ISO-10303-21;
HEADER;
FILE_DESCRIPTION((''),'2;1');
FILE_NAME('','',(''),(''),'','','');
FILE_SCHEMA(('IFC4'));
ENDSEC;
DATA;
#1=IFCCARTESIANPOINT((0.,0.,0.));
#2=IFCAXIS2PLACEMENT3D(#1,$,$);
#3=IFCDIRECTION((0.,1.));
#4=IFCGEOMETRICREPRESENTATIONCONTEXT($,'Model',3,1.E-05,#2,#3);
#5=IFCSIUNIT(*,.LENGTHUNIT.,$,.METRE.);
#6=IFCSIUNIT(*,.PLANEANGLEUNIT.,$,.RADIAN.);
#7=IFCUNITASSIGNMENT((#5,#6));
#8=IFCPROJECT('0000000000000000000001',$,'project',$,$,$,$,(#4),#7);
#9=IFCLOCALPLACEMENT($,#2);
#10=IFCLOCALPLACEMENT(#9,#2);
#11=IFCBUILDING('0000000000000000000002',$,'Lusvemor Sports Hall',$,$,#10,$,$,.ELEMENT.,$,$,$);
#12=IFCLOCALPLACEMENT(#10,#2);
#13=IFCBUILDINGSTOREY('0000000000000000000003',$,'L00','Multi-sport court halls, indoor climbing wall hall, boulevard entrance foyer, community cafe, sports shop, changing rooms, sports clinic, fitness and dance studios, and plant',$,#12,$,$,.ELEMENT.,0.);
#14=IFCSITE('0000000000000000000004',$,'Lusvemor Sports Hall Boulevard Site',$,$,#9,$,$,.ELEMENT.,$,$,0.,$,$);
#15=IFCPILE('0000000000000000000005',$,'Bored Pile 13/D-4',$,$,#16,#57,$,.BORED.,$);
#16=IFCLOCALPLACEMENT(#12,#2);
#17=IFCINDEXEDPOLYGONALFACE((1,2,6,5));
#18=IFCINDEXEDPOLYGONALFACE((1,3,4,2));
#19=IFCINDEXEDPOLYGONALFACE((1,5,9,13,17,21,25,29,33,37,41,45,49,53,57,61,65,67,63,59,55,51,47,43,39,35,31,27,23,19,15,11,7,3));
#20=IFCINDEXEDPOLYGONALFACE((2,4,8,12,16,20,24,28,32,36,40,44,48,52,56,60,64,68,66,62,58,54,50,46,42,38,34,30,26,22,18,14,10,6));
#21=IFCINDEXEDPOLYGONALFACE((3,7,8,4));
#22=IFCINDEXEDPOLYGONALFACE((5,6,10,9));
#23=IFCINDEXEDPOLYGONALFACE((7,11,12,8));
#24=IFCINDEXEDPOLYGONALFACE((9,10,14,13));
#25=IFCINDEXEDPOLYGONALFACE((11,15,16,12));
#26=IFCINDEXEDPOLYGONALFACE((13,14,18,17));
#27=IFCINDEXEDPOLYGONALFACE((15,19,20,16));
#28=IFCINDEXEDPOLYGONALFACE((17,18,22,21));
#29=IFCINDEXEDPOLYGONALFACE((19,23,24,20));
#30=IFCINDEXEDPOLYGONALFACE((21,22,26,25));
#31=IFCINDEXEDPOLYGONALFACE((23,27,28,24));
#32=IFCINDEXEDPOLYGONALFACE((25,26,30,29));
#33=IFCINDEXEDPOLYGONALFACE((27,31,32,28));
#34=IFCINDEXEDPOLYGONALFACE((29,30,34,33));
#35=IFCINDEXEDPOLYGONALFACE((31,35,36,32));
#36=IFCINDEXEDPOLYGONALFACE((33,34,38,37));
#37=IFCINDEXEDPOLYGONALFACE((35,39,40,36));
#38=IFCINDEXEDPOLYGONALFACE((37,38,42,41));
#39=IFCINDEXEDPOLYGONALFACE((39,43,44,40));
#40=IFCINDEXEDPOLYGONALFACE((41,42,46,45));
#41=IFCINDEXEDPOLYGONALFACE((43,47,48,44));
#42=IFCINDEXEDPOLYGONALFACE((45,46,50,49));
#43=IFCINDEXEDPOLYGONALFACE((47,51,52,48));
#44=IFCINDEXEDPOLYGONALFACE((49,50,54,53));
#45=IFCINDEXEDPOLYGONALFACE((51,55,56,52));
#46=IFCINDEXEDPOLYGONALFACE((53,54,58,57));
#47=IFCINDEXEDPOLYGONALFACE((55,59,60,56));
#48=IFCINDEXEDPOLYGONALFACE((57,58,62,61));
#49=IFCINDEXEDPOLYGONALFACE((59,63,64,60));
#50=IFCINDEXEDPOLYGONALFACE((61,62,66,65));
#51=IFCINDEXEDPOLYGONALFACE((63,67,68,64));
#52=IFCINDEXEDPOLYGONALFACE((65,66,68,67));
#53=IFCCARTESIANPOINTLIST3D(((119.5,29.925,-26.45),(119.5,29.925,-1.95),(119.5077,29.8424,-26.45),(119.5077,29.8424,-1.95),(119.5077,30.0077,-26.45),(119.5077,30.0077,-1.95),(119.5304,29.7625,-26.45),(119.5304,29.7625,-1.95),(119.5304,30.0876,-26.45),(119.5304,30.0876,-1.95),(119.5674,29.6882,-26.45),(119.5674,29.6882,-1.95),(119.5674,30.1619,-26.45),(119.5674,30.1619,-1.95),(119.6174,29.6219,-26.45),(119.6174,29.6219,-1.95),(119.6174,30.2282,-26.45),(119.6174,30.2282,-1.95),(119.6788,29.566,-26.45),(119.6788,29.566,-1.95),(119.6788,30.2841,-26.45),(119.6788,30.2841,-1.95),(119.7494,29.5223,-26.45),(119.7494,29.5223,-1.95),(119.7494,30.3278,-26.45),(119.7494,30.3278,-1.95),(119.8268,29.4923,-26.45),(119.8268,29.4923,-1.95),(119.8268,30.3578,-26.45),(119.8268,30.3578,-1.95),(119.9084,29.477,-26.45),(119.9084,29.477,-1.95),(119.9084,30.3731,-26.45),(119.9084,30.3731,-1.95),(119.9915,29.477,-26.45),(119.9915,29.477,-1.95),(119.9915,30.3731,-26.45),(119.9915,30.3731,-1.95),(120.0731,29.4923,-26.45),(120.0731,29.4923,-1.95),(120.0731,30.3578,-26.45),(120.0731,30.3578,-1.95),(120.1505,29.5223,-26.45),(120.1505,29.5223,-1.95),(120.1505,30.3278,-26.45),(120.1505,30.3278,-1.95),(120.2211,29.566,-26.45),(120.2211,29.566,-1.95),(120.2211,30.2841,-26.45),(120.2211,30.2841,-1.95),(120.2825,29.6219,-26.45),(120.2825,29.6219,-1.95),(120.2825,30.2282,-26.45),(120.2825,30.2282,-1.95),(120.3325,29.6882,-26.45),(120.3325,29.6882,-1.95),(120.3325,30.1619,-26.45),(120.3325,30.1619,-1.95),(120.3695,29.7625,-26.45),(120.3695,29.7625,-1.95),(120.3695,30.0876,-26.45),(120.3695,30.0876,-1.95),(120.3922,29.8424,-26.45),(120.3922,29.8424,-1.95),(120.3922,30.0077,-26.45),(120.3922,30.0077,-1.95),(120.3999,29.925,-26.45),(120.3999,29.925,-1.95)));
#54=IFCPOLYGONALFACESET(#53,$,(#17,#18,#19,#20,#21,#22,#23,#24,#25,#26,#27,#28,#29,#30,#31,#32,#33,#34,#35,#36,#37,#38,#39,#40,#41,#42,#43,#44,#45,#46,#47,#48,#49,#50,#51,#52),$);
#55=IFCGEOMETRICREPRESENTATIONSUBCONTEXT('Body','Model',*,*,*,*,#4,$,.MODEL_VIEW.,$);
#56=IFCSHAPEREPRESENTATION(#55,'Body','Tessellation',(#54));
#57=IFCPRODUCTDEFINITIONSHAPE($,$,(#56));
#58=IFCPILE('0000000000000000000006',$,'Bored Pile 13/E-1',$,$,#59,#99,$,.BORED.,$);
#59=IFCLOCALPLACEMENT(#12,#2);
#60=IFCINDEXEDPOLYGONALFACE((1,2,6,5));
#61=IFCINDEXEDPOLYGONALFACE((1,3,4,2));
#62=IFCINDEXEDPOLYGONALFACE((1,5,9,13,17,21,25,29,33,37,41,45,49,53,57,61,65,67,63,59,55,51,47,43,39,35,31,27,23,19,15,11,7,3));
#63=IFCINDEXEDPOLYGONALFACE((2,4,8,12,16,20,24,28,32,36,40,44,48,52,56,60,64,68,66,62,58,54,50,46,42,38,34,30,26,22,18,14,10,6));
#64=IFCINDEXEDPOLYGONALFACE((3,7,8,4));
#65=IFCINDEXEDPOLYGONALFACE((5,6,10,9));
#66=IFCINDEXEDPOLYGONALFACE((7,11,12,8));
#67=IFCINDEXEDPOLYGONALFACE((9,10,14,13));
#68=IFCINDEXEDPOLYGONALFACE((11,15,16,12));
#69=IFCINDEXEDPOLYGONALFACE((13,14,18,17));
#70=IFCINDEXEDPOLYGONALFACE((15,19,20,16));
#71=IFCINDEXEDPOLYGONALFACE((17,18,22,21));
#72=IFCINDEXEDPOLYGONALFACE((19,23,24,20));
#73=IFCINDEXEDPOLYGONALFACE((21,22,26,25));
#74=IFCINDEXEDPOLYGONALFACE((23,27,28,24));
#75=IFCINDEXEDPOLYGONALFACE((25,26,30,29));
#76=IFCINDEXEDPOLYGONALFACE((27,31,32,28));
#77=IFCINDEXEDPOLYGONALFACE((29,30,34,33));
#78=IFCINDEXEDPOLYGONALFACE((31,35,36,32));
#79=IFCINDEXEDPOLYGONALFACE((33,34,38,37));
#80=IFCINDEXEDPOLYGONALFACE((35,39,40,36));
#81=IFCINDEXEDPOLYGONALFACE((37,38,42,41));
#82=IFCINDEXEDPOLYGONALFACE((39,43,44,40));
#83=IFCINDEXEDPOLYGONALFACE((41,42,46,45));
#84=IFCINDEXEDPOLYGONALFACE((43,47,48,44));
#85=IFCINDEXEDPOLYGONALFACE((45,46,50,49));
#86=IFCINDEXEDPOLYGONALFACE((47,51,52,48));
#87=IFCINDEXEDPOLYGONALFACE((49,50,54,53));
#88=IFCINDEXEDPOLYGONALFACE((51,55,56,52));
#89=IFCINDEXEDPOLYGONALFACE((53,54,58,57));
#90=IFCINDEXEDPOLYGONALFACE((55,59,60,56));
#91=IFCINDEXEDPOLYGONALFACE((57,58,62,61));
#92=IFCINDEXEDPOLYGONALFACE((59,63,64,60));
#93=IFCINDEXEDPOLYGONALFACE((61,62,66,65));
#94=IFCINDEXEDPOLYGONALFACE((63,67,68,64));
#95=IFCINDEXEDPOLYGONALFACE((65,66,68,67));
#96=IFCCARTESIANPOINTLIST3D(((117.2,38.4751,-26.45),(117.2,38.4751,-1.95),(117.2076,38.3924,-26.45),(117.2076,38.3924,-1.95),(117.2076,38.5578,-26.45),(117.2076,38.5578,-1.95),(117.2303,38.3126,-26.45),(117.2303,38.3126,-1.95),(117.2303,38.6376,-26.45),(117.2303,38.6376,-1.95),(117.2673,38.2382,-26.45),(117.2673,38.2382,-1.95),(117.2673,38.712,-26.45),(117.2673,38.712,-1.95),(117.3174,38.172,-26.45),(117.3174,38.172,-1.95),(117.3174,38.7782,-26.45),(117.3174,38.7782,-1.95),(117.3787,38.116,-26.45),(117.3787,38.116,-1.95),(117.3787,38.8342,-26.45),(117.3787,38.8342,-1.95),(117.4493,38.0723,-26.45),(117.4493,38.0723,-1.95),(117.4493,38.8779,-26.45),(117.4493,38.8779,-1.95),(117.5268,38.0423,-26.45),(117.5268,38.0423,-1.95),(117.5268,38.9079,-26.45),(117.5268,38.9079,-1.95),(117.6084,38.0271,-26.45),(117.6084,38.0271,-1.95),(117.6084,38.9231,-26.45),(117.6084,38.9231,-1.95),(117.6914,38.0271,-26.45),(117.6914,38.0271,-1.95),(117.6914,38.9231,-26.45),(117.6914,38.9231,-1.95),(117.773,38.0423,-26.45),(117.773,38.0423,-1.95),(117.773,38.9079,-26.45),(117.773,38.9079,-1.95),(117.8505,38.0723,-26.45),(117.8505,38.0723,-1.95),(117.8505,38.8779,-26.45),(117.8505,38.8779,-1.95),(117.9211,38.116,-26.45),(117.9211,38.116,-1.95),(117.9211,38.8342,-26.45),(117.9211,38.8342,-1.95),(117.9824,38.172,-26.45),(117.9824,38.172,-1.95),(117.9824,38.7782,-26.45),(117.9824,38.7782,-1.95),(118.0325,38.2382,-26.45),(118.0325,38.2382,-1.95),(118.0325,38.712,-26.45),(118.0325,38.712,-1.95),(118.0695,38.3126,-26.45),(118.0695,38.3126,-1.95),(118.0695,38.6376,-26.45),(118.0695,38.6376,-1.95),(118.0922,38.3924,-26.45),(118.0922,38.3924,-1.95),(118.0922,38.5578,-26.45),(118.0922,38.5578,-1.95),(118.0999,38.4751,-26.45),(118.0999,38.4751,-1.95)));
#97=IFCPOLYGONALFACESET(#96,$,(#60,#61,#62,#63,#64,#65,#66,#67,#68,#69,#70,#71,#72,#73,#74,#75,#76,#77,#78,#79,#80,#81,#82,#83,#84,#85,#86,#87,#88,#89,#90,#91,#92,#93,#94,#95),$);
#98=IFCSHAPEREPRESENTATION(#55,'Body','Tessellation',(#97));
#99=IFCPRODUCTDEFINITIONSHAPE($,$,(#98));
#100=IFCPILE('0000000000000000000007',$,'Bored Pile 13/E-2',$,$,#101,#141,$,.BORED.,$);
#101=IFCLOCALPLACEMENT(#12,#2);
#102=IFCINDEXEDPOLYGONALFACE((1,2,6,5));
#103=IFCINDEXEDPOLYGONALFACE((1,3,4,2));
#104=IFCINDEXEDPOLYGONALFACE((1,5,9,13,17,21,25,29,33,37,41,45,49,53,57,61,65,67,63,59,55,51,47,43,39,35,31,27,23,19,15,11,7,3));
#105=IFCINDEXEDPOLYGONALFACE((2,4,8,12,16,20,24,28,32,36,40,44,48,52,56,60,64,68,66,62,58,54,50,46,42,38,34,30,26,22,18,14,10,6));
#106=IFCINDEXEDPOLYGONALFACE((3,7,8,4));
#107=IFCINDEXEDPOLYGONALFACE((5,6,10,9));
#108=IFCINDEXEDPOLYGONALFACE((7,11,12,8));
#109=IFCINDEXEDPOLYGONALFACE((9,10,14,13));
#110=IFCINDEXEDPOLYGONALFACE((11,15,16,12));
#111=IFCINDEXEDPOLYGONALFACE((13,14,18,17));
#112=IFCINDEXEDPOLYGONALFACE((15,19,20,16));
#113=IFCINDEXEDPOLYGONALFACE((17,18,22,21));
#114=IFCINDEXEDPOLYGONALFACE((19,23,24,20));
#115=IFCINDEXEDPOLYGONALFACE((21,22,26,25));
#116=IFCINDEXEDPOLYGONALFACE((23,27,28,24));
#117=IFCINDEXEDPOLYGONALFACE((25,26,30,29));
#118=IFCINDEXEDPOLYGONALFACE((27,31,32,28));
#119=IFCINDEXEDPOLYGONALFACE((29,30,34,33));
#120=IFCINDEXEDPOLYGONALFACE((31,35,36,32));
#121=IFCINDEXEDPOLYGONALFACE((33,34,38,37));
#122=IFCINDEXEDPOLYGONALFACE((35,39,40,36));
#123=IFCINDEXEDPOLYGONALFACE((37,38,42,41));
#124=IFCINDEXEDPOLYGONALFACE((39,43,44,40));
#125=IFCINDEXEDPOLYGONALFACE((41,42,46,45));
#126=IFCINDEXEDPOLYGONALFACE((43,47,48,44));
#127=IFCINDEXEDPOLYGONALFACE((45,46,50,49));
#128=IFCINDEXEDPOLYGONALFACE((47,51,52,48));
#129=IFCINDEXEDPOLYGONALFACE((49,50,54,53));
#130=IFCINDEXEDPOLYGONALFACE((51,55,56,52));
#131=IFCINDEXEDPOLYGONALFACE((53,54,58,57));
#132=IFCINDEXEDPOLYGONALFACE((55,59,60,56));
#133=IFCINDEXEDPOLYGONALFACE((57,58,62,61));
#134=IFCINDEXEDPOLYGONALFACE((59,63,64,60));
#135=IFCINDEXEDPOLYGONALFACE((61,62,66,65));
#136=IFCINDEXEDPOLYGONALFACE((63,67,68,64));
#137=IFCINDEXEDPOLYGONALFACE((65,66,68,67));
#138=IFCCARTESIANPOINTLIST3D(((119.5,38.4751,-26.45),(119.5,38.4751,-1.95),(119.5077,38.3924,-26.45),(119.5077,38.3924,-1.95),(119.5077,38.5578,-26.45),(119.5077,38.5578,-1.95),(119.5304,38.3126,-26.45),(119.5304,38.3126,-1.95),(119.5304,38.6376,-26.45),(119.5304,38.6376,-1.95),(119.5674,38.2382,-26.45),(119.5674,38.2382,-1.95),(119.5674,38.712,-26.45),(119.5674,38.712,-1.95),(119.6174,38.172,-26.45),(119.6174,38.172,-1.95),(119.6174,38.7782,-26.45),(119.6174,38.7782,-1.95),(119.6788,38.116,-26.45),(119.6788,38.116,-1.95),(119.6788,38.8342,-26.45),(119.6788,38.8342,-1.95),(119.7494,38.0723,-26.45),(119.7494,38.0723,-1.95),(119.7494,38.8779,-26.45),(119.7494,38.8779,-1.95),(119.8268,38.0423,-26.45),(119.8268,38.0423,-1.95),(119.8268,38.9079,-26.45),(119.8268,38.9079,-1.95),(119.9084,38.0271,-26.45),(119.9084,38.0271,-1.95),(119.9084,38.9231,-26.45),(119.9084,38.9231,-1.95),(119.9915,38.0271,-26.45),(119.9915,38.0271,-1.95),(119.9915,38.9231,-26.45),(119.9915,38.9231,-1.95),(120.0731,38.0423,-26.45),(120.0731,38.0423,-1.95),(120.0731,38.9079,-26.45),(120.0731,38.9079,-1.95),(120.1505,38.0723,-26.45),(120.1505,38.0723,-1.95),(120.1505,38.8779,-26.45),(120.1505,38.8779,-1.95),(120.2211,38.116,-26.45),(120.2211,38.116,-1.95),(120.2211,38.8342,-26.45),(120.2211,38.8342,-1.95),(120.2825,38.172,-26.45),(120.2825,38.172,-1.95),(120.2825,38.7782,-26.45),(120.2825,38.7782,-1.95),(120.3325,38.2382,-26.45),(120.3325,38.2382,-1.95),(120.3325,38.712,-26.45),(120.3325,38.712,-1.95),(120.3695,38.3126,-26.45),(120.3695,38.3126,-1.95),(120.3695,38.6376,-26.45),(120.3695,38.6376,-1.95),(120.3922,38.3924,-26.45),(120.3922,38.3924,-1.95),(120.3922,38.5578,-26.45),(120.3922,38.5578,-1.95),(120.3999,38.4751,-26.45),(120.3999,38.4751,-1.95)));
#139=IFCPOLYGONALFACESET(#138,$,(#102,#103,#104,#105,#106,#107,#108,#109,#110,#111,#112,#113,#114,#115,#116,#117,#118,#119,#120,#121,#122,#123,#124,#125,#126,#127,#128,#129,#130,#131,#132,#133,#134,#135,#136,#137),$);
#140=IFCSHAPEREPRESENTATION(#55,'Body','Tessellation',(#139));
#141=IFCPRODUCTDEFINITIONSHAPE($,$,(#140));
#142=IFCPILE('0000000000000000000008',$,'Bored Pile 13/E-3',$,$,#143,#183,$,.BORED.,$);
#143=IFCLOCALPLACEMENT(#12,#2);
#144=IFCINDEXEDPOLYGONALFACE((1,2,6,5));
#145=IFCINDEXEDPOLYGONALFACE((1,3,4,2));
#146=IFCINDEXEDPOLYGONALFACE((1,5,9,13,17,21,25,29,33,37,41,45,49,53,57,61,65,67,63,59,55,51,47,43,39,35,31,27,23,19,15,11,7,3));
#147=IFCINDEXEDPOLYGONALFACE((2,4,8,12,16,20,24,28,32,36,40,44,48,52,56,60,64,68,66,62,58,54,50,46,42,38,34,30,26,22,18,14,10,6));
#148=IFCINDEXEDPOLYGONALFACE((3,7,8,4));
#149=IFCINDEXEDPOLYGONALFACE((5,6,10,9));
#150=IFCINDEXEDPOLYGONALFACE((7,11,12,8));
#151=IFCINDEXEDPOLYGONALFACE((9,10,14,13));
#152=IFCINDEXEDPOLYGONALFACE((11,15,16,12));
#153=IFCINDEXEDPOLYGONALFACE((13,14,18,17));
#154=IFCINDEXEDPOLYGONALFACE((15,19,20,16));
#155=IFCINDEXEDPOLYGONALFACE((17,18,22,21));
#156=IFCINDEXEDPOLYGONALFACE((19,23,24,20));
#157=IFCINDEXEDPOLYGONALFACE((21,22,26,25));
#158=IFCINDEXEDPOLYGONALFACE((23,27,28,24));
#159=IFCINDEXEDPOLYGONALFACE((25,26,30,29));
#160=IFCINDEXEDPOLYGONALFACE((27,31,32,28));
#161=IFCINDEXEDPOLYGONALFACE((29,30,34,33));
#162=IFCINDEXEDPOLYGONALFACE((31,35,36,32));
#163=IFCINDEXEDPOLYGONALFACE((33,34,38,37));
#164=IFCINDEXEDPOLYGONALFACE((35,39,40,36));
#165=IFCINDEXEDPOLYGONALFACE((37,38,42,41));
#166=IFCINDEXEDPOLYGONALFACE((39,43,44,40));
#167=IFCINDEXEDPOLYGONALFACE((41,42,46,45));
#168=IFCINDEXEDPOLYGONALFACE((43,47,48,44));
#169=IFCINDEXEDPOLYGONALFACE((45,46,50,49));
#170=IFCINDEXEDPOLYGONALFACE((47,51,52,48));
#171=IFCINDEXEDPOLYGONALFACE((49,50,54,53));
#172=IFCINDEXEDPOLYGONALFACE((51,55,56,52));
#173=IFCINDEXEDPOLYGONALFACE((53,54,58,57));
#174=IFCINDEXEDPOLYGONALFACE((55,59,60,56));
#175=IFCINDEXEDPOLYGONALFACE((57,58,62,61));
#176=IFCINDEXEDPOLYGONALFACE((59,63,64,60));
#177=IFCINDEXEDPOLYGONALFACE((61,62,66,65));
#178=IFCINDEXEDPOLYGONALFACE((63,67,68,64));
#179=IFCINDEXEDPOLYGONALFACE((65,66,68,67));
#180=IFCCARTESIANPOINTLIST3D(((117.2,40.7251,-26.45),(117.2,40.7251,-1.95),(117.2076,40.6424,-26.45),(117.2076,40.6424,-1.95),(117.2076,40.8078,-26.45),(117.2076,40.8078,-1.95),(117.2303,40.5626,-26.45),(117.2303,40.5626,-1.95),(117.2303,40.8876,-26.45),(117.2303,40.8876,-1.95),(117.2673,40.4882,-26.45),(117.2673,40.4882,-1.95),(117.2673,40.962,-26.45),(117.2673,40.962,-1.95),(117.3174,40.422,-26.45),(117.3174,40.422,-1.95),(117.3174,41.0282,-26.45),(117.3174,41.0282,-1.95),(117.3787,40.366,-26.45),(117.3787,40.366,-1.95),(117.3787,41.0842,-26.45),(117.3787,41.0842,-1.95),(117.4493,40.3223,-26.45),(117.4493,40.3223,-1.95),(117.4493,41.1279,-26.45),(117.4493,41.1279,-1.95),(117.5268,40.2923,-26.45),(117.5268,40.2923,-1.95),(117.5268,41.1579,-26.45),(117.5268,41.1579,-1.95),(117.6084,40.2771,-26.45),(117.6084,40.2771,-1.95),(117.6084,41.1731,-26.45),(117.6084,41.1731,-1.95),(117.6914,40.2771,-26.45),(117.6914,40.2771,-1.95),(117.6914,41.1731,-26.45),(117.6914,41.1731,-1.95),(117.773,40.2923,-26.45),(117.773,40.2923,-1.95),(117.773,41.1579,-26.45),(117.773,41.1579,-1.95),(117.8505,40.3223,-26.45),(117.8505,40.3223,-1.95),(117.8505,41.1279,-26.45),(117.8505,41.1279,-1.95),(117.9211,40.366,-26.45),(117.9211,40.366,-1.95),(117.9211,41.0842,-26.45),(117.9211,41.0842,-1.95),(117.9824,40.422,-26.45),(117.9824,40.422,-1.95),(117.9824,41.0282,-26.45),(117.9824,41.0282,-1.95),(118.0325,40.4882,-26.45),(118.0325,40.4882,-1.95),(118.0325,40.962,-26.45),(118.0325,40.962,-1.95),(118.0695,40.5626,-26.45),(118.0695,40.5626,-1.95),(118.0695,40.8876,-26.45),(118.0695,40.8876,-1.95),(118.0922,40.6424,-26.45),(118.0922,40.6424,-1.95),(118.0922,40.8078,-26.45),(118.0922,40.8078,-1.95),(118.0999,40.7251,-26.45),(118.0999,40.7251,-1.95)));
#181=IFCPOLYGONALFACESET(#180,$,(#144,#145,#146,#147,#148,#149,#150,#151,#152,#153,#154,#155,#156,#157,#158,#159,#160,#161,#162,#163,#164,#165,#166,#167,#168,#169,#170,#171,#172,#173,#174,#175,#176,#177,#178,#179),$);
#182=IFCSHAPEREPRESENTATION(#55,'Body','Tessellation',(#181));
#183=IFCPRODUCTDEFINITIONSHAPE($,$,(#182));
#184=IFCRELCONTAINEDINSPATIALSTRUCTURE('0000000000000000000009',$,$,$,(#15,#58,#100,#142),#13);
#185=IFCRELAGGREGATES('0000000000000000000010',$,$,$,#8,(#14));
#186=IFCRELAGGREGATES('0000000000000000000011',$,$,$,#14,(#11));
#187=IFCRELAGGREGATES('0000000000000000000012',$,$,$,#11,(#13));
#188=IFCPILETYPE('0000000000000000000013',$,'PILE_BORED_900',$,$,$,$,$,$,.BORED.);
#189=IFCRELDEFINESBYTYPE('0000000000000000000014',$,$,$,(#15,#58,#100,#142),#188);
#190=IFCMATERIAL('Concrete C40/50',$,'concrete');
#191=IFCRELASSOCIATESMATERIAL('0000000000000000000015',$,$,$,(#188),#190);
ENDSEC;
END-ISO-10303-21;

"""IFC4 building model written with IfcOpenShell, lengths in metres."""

from ifc_helpers import new_model, si_unit, direction, frame, origin, origin_2d, place, context, subcontext, project, spatial, circle, extrude, material, material_profile, profile_set, type_object, element, save


model = new_model("IFC4")

# Units and contexts
model_context = context("Model", 3, precision=1e-05, world=origin(), true_north=direction((0.0, 1.0)))
body_context = subcontext(model_context, "Body", "Model", "MODEL_VIEW")
ifc_project = project(units=[si_unit("LENGTHUNIT", "METRE"), si_unit("PLANEANGLEUNIT", "RADIAN")], contexts=[model_context])

# Site, building, storey
site_placement = place(None, origin())
site = spatial("IfcSite", under=ifc_project, at=site_placement, Name="Lusvemor Sports Hall Boulevard Site", CompositionType="ELEMENT", RefElevation=0.0)
building_placement = place(site_placement, origin())
building = spatial("IfcBuilding", under=site, at=building_placement, Name="Lusvemor Sports Hall", CompositionType="ELEMENT")
storey_placement = place(building_placement, origin())
storey = spatial("IfcBuildingStorey", under=building, at=storey_placement, Name="L00", Description="Multi-sport court halls, indoor climbing wall hall, boulevard entrance foyer, community cafe, sports shop, changing rooms, sports clinic, fitness and dance studios, and plant", CompositionType="ELEMENT", Elevation=0.0)

# Piles
ifc_material_1 = material(Name="Concrete C40/50", Category="concrete")
ifc_material_profile_1 = material_profile(ifc_material_1, circle(Radius=0.45, at=origin_2d()), Name="PILE900")
ifc_profile_set_1 = profile_set([ifc_material_profile_1], Name="Concrete C40/50")
pile_type_1 = type_object("IfcPileType", Name="PILE_BORED_900", PredefinedType="BORED", material=ifc_profile_set_1)
for number, where, z_axis, x_axis, name in (
    (1, (119.95, 29.925, -1.95), (0.0, 0.0, -1.0), (1.0, 0.0, 0.0), "Bored Pile 13/D-4"),
    (2, (117.6499, 38.4751, -1.95), (0.0, 0.0, -1.0), (1.0, 0.0, 0.0), "Bored Pile 13/E-1"),
    (3, (119.95, 38.4751, -1.95), (0.0, 0.0, -1.0), (1.0, 0.0, 0.0), "Bored Pile 13/E-2"),
    (4, (117.6499, 40.7251, -1.95), (0.0, 0.0, -1.0), (1.0, 0.0, 0.0), "Bored Pile 13/E-3"),
):
    element("IfcPile", number, at=place(storey_placement, frame(where, z_axis=z_axis, x_axis=x_axis)), inside=storey, type_object=pile_type_1, Name=name, PredefinedType="BORED", context=body_context, shape_type="SweptSolid", body=[
        extrude(circle(Radius=0.45, at=origin_2d()), origin(), (0.0, 0.0, 1.0), 24.5),
    ])

save(model, "model.ifc")
